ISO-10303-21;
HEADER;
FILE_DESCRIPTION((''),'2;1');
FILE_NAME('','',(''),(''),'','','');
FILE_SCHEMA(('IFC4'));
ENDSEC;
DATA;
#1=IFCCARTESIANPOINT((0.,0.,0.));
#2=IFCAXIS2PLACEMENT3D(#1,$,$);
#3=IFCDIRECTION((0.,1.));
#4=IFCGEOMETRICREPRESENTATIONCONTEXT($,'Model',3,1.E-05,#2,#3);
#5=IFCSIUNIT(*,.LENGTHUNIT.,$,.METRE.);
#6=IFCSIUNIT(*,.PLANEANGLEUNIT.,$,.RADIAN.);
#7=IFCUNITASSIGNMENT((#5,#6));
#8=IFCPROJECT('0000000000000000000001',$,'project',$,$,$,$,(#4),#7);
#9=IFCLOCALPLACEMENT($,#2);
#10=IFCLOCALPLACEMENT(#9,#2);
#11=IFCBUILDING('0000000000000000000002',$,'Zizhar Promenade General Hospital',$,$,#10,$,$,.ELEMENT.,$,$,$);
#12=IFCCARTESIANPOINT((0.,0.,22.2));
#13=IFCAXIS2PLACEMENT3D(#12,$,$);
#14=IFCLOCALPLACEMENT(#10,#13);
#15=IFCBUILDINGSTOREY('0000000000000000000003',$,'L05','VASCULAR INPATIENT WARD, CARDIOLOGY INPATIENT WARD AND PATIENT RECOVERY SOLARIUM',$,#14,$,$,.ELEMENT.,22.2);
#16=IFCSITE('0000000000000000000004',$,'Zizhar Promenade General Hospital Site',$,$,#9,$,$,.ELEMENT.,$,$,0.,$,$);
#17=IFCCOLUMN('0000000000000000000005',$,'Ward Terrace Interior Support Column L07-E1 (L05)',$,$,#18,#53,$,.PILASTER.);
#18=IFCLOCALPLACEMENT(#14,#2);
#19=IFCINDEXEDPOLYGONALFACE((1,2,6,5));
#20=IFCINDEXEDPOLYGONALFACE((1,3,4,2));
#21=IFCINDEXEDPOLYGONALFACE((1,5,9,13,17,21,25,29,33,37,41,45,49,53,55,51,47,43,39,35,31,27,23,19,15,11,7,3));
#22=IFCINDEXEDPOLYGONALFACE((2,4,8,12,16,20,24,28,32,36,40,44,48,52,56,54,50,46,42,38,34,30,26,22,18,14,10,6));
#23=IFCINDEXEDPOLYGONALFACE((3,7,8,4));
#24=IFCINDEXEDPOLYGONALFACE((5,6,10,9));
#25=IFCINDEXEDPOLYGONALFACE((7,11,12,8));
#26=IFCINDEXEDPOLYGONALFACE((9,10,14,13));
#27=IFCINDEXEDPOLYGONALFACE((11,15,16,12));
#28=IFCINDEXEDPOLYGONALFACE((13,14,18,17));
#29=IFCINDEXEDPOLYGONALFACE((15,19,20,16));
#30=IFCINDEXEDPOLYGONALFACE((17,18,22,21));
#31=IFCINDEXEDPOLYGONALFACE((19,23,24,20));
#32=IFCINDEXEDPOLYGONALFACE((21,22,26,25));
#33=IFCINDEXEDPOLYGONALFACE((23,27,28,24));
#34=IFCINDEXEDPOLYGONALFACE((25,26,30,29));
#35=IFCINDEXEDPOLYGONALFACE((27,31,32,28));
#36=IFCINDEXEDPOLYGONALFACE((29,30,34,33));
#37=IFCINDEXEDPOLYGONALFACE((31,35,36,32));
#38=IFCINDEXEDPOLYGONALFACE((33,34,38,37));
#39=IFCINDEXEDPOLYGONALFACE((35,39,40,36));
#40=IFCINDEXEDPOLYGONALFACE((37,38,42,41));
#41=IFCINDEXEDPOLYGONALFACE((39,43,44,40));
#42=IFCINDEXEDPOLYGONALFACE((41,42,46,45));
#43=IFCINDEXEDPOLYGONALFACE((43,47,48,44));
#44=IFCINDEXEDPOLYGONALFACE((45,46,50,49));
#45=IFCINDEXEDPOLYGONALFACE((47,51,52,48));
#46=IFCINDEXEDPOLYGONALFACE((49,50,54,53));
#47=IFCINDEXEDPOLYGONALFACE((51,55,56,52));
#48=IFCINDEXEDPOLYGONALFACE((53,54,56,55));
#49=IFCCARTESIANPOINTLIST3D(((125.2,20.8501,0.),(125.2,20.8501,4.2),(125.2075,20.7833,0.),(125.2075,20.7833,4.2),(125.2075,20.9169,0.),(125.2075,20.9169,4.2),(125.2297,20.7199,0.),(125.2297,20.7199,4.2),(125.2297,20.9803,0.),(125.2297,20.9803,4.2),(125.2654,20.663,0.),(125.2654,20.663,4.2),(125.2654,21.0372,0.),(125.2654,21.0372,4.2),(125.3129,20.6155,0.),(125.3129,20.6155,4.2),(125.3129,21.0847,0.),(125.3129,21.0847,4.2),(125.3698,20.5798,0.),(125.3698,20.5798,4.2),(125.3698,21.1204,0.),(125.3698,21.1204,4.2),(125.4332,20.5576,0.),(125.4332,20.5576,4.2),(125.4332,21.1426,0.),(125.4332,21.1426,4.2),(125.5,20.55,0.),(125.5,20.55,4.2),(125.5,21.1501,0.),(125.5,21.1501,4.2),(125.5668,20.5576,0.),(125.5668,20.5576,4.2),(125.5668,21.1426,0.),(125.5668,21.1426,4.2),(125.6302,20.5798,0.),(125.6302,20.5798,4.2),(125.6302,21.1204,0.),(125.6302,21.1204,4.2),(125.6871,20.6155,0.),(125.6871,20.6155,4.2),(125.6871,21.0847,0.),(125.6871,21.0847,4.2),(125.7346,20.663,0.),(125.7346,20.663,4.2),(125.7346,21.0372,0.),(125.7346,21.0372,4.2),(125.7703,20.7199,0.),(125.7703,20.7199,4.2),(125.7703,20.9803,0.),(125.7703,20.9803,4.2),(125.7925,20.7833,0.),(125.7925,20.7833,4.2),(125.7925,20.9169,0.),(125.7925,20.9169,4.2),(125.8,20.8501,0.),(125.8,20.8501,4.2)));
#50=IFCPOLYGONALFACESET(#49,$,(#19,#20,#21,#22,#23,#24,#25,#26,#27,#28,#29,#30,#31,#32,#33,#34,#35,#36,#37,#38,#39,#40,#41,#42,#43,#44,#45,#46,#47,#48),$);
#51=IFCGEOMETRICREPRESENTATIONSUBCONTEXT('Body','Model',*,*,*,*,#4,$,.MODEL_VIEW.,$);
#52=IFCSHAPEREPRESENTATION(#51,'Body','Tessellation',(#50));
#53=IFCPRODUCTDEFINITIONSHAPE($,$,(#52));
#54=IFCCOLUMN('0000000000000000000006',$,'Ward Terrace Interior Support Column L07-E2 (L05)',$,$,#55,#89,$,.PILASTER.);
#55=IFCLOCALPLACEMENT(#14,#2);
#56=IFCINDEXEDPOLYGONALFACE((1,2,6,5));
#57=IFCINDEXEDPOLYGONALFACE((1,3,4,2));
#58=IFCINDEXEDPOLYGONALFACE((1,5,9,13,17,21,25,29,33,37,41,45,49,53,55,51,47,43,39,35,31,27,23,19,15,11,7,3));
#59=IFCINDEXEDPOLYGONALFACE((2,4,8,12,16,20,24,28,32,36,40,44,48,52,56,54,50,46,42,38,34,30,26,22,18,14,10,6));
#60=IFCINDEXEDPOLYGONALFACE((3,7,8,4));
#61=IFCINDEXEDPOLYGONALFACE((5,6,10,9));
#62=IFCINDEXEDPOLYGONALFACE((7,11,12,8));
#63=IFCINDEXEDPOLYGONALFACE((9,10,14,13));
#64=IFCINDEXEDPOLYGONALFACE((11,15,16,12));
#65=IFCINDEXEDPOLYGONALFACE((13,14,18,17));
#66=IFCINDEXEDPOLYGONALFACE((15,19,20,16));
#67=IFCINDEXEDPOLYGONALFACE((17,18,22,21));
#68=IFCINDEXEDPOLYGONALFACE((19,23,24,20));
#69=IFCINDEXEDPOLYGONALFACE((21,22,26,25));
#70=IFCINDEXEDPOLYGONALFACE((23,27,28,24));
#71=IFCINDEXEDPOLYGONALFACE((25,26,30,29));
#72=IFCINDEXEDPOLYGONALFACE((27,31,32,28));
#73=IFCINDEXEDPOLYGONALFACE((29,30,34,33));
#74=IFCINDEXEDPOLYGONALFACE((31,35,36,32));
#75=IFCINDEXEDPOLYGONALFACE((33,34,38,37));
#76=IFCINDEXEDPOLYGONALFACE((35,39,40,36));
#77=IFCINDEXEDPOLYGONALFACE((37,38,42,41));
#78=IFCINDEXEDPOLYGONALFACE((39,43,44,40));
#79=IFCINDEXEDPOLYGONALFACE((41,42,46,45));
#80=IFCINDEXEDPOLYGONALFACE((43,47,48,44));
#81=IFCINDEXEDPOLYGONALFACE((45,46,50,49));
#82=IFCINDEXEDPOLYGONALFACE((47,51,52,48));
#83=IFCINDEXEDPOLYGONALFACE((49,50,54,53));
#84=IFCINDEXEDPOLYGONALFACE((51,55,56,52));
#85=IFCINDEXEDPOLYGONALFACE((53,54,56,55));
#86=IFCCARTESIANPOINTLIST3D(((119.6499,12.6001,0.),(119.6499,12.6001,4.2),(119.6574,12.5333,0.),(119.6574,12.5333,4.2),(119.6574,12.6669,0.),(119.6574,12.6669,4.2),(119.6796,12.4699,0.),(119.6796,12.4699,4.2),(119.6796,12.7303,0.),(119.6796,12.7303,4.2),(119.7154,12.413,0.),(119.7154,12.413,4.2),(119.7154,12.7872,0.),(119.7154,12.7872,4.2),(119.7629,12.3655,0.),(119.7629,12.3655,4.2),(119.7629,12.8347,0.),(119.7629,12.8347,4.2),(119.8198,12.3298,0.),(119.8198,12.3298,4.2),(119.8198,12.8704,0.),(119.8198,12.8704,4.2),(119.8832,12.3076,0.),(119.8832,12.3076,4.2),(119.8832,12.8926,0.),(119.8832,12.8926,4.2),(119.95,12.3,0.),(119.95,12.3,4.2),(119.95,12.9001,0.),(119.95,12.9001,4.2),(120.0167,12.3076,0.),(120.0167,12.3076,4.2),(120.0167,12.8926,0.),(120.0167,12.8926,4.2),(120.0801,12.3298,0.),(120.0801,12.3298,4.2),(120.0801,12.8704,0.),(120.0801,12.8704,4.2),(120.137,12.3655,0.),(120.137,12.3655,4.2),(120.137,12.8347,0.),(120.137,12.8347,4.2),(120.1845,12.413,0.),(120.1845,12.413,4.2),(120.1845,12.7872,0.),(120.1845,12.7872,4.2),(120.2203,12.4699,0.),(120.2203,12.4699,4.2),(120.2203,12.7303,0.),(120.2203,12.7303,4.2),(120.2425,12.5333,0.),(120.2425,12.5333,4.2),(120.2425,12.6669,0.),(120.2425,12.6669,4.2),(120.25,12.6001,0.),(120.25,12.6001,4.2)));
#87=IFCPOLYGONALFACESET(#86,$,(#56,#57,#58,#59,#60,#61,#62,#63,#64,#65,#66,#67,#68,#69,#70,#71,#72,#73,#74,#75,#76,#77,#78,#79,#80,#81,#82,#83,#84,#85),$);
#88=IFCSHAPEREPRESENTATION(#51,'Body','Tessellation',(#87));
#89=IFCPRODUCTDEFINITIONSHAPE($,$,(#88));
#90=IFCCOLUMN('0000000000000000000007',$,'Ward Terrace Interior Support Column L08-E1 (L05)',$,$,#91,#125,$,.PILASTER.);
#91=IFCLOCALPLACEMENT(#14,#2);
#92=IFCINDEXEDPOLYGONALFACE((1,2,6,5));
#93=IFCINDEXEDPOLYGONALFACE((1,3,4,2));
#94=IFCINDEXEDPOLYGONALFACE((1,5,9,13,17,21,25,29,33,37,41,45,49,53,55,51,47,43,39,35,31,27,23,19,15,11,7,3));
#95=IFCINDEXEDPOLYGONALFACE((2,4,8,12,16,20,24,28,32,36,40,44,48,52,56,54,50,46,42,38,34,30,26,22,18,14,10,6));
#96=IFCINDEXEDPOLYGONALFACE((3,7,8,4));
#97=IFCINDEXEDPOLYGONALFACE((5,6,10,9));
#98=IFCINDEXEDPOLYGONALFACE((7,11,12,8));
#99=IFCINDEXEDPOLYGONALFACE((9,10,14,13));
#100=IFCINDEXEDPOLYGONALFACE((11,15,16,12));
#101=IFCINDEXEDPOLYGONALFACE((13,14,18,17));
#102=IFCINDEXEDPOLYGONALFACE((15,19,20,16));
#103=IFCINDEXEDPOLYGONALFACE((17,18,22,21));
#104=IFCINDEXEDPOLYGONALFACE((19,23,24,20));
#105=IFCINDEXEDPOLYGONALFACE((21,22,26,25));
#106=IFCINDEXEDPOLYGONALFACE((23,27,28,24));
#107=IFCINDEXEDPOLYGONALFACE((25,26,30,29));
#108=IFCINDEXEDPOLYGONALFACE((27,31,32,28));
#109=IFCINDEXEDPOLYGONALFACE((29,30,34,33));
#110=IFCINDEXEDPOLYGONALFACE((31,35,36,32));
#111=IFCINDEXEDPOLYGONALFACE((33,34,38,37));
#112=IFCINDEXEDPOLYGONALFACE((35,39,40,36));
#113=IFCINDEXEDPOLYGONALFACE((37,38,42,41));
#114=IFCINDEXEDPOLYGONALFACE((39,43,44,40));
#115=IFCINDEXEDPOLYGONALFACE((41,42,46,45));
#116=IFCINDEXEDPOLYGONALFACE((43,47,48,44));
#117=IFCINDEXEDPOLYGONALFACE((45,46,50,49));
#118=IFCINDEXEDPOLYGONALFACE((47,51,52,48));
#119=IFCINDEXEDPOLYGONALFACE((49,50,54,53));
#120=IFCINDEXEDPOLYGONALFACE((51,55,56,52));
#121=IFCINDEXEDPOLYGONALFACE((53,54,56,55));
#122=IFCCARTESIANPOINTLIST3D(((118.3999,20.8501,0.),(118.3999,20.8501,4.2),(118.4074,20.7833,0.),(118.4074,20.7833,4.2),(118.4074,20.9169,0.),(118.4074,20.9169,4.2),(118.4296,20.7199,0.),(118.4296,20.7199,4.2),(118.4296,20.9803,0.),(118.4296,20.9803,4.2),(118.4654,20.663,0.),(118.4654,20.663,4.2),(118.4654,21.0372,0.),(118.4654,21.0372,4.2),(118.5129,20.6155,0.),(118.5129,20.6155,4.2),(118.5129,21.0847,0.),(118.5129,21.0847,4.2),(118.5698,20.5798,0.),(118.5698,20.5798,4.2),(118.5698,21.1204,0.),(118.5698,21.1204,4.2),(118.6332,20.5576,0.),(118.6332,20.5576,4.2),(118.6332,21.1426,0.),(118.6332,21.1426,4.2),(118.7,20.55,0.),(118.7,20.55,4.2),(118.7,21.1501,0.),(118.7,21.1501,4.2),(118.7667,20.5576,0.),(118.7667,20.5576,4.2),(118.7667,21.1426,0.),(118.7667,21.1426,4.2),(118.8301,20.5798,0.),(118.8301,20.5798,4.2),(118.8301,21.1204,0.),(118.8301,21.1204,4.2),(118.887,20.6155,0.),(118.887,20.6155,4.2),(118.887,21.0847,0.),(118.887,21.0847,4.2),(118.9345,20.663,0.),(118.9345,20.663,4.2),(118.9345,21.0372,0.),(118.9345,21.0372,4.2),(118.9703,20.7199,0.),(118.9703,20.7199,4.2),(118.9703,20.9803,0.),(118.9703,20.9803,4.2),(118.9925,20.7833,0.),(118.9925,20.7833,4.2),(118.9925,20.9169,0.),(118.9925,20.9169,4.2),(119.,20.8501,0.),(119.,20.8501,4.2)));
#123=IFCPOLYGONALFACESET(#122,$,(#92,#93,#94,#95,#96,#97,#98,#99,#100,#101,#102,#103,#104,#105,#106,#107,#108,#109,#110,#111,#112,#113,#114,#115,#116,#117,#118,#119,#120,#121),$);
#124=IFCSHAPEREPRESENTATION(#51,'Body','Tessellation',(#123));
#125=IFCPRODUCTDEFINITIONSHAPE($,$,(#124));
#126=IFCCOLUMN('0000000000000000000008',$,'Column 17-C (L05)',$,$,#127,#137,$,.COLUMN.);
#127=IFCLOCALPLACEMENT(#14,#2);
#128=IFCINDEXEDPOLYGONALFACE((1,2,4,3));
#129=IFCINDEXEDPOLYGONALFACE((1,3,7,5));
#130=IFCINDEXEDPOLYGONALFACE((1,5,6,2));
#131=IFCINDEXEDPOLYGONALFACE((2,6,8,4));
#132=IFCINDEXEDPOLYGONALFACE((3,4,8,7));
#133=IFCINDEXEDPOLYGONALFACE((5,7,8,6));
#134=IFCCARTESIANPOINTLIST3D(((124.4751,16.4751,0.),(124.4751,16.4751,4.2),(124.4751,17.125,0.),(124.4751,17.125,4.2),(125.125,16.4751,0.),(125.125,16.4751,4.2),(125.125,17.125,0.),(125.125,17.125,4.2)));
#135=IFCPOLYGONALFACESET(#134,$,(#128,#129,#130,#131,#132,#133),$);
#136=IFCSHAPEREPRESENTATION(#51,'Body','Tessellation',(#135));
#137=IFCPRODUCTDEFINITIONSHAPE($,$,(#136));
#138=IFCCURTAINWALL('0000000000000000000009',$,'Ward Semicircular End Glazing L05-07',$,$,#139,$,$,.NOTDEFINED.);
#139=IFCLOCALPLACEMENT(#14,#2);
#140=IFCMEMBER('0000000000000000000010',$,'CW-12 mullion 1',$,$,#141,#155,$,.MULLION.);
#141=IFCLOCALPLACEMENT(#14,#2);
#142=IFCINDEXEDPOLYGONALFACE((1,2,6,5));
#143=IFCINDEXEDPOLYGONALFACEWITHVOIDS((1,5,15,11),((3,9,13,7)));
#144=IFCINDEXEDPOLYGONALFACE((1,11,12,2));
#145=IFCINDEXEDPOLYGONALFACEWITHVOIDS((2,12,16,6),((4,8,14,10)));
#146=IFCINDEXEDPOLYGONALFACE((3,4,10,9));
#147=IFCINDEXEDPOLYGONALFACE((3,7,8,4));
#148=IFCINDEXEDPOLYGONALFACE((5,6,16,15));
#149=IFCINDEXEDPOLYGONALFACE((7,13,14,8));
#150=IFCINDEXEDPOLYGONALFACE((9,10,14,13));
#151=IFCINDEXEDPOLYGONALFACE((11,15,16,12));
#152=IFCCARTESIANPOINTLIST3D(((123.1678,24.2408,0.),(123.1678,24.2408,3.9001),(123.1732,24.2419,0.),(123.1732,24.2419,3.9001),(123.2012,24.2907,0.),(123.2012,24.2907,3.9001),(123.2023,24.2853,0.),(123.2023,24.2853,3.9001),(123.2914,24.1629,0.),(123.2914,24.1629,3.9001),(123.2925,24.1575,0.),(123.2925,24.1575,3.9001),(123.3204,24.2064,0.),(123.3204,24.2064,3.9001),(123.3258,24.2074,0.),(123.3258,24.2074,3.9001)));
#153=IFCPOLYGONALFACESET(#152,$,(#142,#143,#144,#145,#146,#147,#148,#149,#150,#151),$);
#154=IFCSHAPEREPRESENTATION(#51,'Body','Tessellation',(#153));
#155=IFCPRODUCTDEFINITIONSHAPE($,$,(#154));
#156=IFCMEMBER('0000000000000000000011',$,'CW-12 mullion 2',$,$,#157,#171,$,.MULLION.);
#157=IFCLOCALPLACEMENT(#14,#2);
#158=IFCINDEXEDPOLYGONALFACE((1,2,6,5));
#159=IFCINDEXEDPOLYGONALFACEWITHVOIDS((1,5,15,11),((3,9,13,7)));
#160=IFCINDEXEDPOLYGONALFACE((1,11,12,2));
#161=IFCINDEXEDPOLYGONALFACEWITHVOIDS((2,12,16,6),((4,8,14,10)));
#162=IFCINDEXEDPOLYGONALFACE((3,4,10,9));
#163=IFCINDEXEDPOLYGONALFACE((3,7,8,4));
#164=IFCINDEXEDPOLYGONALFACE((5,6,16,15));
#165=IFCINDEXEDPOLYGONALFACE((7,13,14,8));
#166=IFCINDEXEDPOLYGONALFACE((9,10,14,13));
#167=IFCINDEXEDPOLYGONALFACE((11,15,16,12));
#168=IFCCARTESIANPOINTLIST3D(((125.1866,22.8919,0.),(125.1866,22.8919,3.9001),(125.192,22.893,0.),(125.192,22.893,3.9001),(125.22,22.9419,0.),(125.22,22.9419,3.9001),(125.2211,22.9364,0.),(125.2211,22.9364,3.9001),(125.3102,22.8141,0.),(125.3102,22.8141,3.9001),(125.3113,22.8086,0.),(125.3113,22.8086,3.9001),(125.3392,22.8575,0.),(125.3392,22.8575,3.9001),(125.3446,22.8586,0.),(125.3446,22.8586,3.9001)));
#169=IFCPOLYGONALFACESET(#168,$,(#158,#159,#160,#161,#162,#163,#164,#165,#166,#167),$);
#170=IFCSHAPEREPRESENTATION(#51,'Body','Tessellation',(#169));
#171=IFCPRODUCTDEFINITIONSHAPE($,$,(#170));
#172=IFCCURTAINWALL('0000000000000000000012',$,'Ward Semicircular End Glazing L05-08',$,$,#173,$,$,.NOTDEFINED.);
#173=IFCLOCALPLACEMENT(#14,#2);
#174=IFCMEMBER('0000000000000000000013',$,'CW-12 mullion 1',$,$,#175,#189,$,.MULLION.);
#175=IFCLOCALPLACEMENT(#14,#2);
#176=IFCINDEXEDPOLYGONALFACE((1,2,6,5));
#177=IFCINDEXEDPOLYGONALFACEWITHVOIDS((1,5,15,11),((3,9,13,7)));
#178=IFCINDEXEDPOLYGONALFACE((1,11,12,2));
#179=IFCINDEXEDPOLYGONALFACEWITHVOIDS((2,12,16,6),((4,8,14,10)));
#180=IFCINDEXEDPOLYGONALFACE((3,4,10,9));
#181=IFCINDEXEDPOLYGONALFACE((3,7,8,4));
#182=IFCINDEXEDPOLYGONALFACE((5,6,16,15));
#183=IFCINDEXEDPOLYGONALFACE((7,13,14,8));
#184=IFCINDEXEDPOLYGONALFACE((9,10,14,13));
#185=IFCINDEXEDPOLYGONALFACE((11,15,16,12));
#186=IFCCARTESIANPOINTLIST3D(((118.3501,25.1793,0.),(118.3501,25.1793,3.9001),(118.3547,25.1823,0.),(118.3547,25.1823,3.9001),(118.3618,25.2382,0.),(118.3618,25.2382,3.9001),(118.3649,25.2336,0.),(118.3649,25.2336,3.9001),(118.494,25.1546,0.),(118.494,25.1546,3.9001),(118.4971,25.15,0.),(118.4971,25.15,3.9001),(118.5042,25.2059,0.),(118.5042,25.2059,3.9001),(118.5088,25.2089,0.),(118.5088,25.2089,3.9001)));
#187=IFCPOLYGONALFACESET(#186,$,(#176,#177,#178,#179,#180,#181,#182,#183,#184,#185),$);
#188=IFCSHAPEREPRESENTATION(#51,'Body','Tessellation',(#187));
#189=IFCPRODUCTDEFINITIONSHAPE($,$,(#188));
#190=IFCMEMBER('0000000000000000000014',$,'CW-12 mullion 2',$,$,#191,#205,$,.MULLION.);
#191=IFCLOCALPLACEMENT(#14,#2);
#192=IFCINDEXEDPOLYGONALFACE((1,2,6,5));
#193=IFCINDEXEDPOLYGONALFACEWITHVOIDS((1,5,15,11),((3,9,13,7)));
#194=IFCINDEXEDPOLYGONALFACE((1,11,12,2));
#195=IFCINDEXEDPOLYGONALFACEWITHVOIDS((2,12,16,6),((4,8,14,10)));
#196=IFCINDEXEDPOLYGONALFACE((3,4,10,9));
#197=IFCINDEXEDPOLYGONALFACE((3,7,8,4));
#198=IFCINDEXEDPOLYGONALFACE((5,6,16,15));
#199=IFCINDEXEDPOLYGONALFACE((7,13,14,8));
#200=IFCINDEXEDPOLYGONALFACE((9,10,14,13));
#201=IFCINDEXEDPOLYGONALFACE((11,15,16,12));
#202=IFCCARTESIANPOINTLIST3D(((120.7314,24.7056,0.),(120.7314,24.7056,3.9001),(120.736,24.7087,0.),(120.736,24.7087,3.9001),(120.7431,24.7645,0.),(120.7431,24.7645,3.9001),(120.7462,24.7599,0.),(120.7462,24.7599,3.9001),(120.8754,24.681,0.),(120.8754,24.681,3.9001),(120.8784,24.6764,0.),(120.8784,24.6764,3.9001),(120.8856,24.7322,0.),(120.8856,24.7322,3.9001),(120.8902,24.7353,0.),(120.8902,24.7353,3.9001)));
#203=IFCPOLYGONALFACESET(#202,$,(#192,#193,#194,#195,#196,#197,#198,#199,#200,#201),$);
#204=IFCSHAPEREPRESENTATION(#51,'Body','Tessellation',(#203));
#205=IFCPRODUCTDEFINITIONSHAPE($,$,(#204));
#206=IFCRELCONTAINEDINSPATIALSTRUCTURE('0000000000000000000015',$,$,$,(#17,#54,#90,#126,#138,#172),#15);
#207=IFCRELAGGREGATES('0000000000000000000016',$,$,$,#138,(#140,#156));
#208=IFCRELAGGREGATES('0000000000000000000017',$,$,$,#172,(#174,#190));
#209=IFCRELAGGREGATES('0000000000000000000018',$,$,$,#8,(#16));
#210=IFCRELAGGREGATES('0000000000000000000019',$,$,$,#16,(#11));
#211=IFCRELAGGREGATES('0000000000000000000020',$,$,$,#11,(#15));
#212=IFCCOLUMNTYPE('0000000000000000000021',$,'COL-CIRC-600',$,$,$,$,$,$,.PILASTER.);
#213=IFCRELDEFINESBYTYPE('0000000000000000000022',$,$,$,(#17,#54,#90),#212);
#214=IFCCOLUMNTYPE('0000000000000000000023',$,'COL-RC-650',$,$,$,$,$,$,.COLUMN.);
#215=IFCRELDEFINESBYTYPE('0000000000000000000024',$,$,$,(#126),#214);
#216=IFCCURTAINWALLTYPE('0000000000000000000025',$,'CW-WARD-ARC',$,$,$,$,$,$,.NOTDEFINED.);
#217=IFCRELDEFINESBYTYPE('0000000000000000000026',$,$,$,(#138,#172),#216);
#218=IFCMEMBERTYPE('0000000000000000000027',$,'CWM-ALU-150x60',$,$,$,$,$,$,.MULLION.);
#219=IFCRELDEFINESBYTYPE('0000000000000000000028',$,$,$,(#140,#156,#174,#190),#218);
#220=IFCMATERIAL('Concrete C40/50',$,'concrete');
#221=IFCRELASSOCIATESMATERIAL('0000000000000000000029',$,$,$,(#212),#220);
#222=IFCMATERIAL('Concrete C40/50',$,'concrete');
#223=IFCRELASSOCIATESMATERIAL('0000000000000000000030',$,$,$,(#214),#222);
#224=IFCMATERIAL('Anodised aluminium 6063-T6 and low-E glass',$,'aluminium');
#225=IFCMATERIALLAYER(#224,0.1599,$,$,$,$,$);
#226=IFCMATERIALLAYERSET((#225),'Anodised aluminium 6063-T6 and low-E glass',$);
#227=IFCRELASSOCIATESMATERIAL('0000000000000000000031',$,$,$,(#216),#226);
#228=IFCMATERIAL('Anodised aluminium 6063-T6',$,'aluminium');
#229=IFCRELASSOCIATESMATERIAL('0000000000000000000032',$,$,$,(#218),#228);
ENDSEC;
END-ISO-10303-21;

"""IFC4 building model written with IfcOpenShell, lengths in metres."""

from ifc_helpers import new_model, si_unit, direction, frame, origin, origin_2d, place, context, subcontext, project, spatial, rectangle, hollow_rectangle, circle, extrude, material, layer, layer_set, material_profile, profile_set, type_object, element, aggregate, save


model = new_model("IFC4")

# Units and contexts
model_context = context("Model", 3, precision=1e-05, world=origin(), true_north=direction((0.0, 1.0)))
body_context = subcontext(model_context, "Body", "Model", "MODEL_VIEW")
ifc_project = project(units=[si_unit("LENGTHUNIT", "METRE"), si_unit("PLANEANGLEUNIT", "RADIAN")], contexts=[model_context])

# Site, building, storey
site_placement = place(None, origin())
site = spatial("IfcSite", under=ifc_project, at=site_placement, Name="Zizhar Promenade General Hospital Site", CompositionType="ELEMENT", RefElevation=0.0)
building_placement = place(site_placement, origin())
building = spatial("IfcBuilding", under=site, at=building_placement, Name="Zizhar Promenade General Hospital", CompositionType="ELEMENT")
storey_placement = place(building_placement, frame((0.0, 0.0, 22.2)))
storey = spatial("IfcBuildingStorey", under=building, at=storey_placement, Name="L05", Description="VASCULAR INPATIENT WARD, CARDIOLOGY INPATIENT WARD AND PATIENT RECOVERY SOLARIUM", CompositionType="ELEMENT", Elevation=22.2)

# Columns
ifc_material_1 = material(Name="Concrete C40/50", Category="concrete")
ifc_material_profile_1 = material_profile(ifc_material_1, circle(Radius=0.3, at=origin_2d()))
ifc_profile_set_1 = profile_set([ifc_material_profile_1], Name="Concrete C40/50")
column_type_1 = type_object("IfcColumnType", Name="COL-CIRC-600", PredefinedType="PILASTER", material=ifc_profile_set_1)
for number, where, z_axis, x_axis, name in (
    (1, (125.5, 20.8501, 0.0), (0.0, 0.0, 1.0), (1.0, 0.0, 0.0), "Ward Terrace Interior Support Column L07-E1 (L05)"),
    (2, (119.95, 12.6001, 0.0), (0.0, 0.0, 1.0), (1.0, 0.0, 0.0), "Ward Terrace Interior Support Column L07-E2 (L05)"),
    (3, (118.7, 20.8501, 0.0), (0.0, 0.0, 1.0), (1.0, 0.0, 0.0), "Ward Terrace Interior Support Column L08-E1 (L05)"),
):
    element("IfcColumn", number, at=place(storey_placement, frame(where, z_axis=z_axis, x_axis=x_axis)), inside=storey, type_object=column_type_1, Name=name, PredefinedType="PILASTER", context=body_context, shape_type="SweptSolid", body=[
        extrude(circle(Radius=0.3, at=origin_2d()), origin(), (0.0, 0.0, 1.0), 4.2),
    ])
ifc_material_2 = material(Name="Concrete C40/50", Category="concrete")
ifc_material_profile_2 = material_profile(ifc_material_2, rectangle(XDim=0.6499, YDim=0.6499, at=origin_2d()))
ifc_profile_set_2 = profile_set([ifc_material_profile_2], Name="Concrete C40/50")
column_type_2 = type_object("IfcColumnType", Name="COL-RC-650", PredefinedType="COLUMN", material=ifc_profile_set_2)
column_placement = place(storey_placement, frame((124.8, 16.8, 0.0), z_axis=(0.0, 0.0, 1.0), x_axis=(1.0, 0.0, 0.0)))
element("IfcColumn", 4, at=column_placement, inside=storey, type_object=column_type_2, Name="Column 17-C (L05)", PredefinedType="COLUMN", context=body_context, shape_type="SweptSolid", body=[
    extrude(rectangle(XDim=0.6499, YDim=0.6499, at=origin_2d()), origin(), (0.0, 0.0, 1.0), 4.2),
])

# Curtain walls, members
ifc_material_3 = material(Name="Anodised aluminium 6063-T6 and low-E glass", Category="aluminium")
ifc_layer_1 = layer(ifc_material_3, 0.1599)
ifc_layer_set_1 = layer_set([ifc_layer_1], Name="Anodised aluminium 6063-T6 and low-E glass")
curtain_wall_type = type_object("IfcCurtainWallType", Name="CW-WARD-ARC", PredefinedType="NOTDEFINED", material=ifc_layer_set_1)
curtain_wall_1_placement = place(storey_placement, origin())
curtain_wall_1 = element("IfcCurtainWall", 5, at=curtain_wall_1_placement, inside=storey, type_object=curtain_wall_type, Name="Ward Semicircular End Glazing L05-07", PredefinedType="NOTDEFINED")
ifc_material_4 = material(Name="Anodised aluminium 6063-T6", Category="aluminium")
ifc_material_profile_3 = material_profile(ifc_material_4, hollow_rectangle(XDim=0.0601, YDim=0.1499, WallThickness=0.0039, at=origin_2d()))
ifc_profile_set_3 = profile_set([ifc_material_profile_3], Name="Anodised aluminium 6063-T6")
member_type_1 = type_object("IfcMemberType", Name="CWM-ALU-150x60", PredefinedType="MULLION", material=ifc_profile_set_3)
member_1_placement = place(storey_placement, frame((123.2468, 24.2241, 0.0), z_axis=(0.0, 0.0, 1.0), x_axis=(0.555582, 0.831462, 0.0)))
member_1 = element("IfcMember", 6, at=member_1_placement, type_object=member_type_1, Name="CW-12 mullion 1", PredefinedType="MULLION", context=body_context, shape_type="SweptSolid", body=[
    extrude(hollow_rectangle(XDim=0.0601, YDim=0.1499, WallThickness=0.0039, at=origin_2d()), origin(), (0.0, 0.0, 1.0), 3.9001),
])
member_2_placement = place(storey_placement, frame((125.2656, 22.8752, 0.0), z_axis=(0.0, 0.0, 1.0), x_axis=(0.555582, 0.831462, 0.0)))
member_2 = element("IfcMember", 7, at=member_2_placement, type_object=member_type_1, Name="CW-12 mullion 2", PredefinedType="MULLION", context=body_context, shape_type="SweptSolid", body=[
    extrude(hollow_rectangle(XDim=0.0601, YDim=0.1499, WallThickness=0.0039, at=origin_2d()), origin(), (0.0, 0.0, 1.0), 3.9001),
])
curtain_wall_2_placement = place(storey_placement, origin())
curtain_wall_2 = element("IfcCurtainWall", 8, at=curtain_wall_2_placement, inside=storey, type_object=curtain_wall_type, Name="Ward Semicircular End Glazing L05-08", PredefinedType="NOTDEFINED")
member_3_placement = place(storey_placement, frame((118.4294, 25.1941, 0.0), z_axis=(0.0, 0.0, 1.0), x_axis=(0.195087, 0.980786, 0.0)))
member_3 = element("IfcMember", 9, at=member_3_placement, type_object=member_type_1, Name="CW-12 mullion 1", PredefinedType="MULLION", context=body_context, shape_type="SweptSolid", body=[
    extrude(hollow_rectangle(XDim=0.0601, YDim=0.1499, WallThickness=0.0039, at=origin_2d()), origin(), (0.0, 0.0, 1.0), 3.9001),
])
member_4_placement = place(storey_placement, frame((120.8108, 24.7205, 0.0), z_axis=(0.0, 0.0, 1.0), x_axis=(0.195087, 0.980786, 0.0)))
member_4 = element("IfcMember", 10, at=member_4_placement, type_object=member_type_1, Name="CW-12 mullion 2", PredefinedType="MULLION", context=body_context, shape_type="SweptSolid", body=[
    extrude(hollow_rectangle(XDim=0.0601, YDim=0.1499, WallThickness=0.0039, at=origin_2d()), origin(), (0.0, 0.0, 1.0), 3.9001),
])

aggregate(curtain_wall_1, [member_1, member_2])
aggregate(curtain_wall_2, [member_3, member_4])

save(model, "model.ifc")
